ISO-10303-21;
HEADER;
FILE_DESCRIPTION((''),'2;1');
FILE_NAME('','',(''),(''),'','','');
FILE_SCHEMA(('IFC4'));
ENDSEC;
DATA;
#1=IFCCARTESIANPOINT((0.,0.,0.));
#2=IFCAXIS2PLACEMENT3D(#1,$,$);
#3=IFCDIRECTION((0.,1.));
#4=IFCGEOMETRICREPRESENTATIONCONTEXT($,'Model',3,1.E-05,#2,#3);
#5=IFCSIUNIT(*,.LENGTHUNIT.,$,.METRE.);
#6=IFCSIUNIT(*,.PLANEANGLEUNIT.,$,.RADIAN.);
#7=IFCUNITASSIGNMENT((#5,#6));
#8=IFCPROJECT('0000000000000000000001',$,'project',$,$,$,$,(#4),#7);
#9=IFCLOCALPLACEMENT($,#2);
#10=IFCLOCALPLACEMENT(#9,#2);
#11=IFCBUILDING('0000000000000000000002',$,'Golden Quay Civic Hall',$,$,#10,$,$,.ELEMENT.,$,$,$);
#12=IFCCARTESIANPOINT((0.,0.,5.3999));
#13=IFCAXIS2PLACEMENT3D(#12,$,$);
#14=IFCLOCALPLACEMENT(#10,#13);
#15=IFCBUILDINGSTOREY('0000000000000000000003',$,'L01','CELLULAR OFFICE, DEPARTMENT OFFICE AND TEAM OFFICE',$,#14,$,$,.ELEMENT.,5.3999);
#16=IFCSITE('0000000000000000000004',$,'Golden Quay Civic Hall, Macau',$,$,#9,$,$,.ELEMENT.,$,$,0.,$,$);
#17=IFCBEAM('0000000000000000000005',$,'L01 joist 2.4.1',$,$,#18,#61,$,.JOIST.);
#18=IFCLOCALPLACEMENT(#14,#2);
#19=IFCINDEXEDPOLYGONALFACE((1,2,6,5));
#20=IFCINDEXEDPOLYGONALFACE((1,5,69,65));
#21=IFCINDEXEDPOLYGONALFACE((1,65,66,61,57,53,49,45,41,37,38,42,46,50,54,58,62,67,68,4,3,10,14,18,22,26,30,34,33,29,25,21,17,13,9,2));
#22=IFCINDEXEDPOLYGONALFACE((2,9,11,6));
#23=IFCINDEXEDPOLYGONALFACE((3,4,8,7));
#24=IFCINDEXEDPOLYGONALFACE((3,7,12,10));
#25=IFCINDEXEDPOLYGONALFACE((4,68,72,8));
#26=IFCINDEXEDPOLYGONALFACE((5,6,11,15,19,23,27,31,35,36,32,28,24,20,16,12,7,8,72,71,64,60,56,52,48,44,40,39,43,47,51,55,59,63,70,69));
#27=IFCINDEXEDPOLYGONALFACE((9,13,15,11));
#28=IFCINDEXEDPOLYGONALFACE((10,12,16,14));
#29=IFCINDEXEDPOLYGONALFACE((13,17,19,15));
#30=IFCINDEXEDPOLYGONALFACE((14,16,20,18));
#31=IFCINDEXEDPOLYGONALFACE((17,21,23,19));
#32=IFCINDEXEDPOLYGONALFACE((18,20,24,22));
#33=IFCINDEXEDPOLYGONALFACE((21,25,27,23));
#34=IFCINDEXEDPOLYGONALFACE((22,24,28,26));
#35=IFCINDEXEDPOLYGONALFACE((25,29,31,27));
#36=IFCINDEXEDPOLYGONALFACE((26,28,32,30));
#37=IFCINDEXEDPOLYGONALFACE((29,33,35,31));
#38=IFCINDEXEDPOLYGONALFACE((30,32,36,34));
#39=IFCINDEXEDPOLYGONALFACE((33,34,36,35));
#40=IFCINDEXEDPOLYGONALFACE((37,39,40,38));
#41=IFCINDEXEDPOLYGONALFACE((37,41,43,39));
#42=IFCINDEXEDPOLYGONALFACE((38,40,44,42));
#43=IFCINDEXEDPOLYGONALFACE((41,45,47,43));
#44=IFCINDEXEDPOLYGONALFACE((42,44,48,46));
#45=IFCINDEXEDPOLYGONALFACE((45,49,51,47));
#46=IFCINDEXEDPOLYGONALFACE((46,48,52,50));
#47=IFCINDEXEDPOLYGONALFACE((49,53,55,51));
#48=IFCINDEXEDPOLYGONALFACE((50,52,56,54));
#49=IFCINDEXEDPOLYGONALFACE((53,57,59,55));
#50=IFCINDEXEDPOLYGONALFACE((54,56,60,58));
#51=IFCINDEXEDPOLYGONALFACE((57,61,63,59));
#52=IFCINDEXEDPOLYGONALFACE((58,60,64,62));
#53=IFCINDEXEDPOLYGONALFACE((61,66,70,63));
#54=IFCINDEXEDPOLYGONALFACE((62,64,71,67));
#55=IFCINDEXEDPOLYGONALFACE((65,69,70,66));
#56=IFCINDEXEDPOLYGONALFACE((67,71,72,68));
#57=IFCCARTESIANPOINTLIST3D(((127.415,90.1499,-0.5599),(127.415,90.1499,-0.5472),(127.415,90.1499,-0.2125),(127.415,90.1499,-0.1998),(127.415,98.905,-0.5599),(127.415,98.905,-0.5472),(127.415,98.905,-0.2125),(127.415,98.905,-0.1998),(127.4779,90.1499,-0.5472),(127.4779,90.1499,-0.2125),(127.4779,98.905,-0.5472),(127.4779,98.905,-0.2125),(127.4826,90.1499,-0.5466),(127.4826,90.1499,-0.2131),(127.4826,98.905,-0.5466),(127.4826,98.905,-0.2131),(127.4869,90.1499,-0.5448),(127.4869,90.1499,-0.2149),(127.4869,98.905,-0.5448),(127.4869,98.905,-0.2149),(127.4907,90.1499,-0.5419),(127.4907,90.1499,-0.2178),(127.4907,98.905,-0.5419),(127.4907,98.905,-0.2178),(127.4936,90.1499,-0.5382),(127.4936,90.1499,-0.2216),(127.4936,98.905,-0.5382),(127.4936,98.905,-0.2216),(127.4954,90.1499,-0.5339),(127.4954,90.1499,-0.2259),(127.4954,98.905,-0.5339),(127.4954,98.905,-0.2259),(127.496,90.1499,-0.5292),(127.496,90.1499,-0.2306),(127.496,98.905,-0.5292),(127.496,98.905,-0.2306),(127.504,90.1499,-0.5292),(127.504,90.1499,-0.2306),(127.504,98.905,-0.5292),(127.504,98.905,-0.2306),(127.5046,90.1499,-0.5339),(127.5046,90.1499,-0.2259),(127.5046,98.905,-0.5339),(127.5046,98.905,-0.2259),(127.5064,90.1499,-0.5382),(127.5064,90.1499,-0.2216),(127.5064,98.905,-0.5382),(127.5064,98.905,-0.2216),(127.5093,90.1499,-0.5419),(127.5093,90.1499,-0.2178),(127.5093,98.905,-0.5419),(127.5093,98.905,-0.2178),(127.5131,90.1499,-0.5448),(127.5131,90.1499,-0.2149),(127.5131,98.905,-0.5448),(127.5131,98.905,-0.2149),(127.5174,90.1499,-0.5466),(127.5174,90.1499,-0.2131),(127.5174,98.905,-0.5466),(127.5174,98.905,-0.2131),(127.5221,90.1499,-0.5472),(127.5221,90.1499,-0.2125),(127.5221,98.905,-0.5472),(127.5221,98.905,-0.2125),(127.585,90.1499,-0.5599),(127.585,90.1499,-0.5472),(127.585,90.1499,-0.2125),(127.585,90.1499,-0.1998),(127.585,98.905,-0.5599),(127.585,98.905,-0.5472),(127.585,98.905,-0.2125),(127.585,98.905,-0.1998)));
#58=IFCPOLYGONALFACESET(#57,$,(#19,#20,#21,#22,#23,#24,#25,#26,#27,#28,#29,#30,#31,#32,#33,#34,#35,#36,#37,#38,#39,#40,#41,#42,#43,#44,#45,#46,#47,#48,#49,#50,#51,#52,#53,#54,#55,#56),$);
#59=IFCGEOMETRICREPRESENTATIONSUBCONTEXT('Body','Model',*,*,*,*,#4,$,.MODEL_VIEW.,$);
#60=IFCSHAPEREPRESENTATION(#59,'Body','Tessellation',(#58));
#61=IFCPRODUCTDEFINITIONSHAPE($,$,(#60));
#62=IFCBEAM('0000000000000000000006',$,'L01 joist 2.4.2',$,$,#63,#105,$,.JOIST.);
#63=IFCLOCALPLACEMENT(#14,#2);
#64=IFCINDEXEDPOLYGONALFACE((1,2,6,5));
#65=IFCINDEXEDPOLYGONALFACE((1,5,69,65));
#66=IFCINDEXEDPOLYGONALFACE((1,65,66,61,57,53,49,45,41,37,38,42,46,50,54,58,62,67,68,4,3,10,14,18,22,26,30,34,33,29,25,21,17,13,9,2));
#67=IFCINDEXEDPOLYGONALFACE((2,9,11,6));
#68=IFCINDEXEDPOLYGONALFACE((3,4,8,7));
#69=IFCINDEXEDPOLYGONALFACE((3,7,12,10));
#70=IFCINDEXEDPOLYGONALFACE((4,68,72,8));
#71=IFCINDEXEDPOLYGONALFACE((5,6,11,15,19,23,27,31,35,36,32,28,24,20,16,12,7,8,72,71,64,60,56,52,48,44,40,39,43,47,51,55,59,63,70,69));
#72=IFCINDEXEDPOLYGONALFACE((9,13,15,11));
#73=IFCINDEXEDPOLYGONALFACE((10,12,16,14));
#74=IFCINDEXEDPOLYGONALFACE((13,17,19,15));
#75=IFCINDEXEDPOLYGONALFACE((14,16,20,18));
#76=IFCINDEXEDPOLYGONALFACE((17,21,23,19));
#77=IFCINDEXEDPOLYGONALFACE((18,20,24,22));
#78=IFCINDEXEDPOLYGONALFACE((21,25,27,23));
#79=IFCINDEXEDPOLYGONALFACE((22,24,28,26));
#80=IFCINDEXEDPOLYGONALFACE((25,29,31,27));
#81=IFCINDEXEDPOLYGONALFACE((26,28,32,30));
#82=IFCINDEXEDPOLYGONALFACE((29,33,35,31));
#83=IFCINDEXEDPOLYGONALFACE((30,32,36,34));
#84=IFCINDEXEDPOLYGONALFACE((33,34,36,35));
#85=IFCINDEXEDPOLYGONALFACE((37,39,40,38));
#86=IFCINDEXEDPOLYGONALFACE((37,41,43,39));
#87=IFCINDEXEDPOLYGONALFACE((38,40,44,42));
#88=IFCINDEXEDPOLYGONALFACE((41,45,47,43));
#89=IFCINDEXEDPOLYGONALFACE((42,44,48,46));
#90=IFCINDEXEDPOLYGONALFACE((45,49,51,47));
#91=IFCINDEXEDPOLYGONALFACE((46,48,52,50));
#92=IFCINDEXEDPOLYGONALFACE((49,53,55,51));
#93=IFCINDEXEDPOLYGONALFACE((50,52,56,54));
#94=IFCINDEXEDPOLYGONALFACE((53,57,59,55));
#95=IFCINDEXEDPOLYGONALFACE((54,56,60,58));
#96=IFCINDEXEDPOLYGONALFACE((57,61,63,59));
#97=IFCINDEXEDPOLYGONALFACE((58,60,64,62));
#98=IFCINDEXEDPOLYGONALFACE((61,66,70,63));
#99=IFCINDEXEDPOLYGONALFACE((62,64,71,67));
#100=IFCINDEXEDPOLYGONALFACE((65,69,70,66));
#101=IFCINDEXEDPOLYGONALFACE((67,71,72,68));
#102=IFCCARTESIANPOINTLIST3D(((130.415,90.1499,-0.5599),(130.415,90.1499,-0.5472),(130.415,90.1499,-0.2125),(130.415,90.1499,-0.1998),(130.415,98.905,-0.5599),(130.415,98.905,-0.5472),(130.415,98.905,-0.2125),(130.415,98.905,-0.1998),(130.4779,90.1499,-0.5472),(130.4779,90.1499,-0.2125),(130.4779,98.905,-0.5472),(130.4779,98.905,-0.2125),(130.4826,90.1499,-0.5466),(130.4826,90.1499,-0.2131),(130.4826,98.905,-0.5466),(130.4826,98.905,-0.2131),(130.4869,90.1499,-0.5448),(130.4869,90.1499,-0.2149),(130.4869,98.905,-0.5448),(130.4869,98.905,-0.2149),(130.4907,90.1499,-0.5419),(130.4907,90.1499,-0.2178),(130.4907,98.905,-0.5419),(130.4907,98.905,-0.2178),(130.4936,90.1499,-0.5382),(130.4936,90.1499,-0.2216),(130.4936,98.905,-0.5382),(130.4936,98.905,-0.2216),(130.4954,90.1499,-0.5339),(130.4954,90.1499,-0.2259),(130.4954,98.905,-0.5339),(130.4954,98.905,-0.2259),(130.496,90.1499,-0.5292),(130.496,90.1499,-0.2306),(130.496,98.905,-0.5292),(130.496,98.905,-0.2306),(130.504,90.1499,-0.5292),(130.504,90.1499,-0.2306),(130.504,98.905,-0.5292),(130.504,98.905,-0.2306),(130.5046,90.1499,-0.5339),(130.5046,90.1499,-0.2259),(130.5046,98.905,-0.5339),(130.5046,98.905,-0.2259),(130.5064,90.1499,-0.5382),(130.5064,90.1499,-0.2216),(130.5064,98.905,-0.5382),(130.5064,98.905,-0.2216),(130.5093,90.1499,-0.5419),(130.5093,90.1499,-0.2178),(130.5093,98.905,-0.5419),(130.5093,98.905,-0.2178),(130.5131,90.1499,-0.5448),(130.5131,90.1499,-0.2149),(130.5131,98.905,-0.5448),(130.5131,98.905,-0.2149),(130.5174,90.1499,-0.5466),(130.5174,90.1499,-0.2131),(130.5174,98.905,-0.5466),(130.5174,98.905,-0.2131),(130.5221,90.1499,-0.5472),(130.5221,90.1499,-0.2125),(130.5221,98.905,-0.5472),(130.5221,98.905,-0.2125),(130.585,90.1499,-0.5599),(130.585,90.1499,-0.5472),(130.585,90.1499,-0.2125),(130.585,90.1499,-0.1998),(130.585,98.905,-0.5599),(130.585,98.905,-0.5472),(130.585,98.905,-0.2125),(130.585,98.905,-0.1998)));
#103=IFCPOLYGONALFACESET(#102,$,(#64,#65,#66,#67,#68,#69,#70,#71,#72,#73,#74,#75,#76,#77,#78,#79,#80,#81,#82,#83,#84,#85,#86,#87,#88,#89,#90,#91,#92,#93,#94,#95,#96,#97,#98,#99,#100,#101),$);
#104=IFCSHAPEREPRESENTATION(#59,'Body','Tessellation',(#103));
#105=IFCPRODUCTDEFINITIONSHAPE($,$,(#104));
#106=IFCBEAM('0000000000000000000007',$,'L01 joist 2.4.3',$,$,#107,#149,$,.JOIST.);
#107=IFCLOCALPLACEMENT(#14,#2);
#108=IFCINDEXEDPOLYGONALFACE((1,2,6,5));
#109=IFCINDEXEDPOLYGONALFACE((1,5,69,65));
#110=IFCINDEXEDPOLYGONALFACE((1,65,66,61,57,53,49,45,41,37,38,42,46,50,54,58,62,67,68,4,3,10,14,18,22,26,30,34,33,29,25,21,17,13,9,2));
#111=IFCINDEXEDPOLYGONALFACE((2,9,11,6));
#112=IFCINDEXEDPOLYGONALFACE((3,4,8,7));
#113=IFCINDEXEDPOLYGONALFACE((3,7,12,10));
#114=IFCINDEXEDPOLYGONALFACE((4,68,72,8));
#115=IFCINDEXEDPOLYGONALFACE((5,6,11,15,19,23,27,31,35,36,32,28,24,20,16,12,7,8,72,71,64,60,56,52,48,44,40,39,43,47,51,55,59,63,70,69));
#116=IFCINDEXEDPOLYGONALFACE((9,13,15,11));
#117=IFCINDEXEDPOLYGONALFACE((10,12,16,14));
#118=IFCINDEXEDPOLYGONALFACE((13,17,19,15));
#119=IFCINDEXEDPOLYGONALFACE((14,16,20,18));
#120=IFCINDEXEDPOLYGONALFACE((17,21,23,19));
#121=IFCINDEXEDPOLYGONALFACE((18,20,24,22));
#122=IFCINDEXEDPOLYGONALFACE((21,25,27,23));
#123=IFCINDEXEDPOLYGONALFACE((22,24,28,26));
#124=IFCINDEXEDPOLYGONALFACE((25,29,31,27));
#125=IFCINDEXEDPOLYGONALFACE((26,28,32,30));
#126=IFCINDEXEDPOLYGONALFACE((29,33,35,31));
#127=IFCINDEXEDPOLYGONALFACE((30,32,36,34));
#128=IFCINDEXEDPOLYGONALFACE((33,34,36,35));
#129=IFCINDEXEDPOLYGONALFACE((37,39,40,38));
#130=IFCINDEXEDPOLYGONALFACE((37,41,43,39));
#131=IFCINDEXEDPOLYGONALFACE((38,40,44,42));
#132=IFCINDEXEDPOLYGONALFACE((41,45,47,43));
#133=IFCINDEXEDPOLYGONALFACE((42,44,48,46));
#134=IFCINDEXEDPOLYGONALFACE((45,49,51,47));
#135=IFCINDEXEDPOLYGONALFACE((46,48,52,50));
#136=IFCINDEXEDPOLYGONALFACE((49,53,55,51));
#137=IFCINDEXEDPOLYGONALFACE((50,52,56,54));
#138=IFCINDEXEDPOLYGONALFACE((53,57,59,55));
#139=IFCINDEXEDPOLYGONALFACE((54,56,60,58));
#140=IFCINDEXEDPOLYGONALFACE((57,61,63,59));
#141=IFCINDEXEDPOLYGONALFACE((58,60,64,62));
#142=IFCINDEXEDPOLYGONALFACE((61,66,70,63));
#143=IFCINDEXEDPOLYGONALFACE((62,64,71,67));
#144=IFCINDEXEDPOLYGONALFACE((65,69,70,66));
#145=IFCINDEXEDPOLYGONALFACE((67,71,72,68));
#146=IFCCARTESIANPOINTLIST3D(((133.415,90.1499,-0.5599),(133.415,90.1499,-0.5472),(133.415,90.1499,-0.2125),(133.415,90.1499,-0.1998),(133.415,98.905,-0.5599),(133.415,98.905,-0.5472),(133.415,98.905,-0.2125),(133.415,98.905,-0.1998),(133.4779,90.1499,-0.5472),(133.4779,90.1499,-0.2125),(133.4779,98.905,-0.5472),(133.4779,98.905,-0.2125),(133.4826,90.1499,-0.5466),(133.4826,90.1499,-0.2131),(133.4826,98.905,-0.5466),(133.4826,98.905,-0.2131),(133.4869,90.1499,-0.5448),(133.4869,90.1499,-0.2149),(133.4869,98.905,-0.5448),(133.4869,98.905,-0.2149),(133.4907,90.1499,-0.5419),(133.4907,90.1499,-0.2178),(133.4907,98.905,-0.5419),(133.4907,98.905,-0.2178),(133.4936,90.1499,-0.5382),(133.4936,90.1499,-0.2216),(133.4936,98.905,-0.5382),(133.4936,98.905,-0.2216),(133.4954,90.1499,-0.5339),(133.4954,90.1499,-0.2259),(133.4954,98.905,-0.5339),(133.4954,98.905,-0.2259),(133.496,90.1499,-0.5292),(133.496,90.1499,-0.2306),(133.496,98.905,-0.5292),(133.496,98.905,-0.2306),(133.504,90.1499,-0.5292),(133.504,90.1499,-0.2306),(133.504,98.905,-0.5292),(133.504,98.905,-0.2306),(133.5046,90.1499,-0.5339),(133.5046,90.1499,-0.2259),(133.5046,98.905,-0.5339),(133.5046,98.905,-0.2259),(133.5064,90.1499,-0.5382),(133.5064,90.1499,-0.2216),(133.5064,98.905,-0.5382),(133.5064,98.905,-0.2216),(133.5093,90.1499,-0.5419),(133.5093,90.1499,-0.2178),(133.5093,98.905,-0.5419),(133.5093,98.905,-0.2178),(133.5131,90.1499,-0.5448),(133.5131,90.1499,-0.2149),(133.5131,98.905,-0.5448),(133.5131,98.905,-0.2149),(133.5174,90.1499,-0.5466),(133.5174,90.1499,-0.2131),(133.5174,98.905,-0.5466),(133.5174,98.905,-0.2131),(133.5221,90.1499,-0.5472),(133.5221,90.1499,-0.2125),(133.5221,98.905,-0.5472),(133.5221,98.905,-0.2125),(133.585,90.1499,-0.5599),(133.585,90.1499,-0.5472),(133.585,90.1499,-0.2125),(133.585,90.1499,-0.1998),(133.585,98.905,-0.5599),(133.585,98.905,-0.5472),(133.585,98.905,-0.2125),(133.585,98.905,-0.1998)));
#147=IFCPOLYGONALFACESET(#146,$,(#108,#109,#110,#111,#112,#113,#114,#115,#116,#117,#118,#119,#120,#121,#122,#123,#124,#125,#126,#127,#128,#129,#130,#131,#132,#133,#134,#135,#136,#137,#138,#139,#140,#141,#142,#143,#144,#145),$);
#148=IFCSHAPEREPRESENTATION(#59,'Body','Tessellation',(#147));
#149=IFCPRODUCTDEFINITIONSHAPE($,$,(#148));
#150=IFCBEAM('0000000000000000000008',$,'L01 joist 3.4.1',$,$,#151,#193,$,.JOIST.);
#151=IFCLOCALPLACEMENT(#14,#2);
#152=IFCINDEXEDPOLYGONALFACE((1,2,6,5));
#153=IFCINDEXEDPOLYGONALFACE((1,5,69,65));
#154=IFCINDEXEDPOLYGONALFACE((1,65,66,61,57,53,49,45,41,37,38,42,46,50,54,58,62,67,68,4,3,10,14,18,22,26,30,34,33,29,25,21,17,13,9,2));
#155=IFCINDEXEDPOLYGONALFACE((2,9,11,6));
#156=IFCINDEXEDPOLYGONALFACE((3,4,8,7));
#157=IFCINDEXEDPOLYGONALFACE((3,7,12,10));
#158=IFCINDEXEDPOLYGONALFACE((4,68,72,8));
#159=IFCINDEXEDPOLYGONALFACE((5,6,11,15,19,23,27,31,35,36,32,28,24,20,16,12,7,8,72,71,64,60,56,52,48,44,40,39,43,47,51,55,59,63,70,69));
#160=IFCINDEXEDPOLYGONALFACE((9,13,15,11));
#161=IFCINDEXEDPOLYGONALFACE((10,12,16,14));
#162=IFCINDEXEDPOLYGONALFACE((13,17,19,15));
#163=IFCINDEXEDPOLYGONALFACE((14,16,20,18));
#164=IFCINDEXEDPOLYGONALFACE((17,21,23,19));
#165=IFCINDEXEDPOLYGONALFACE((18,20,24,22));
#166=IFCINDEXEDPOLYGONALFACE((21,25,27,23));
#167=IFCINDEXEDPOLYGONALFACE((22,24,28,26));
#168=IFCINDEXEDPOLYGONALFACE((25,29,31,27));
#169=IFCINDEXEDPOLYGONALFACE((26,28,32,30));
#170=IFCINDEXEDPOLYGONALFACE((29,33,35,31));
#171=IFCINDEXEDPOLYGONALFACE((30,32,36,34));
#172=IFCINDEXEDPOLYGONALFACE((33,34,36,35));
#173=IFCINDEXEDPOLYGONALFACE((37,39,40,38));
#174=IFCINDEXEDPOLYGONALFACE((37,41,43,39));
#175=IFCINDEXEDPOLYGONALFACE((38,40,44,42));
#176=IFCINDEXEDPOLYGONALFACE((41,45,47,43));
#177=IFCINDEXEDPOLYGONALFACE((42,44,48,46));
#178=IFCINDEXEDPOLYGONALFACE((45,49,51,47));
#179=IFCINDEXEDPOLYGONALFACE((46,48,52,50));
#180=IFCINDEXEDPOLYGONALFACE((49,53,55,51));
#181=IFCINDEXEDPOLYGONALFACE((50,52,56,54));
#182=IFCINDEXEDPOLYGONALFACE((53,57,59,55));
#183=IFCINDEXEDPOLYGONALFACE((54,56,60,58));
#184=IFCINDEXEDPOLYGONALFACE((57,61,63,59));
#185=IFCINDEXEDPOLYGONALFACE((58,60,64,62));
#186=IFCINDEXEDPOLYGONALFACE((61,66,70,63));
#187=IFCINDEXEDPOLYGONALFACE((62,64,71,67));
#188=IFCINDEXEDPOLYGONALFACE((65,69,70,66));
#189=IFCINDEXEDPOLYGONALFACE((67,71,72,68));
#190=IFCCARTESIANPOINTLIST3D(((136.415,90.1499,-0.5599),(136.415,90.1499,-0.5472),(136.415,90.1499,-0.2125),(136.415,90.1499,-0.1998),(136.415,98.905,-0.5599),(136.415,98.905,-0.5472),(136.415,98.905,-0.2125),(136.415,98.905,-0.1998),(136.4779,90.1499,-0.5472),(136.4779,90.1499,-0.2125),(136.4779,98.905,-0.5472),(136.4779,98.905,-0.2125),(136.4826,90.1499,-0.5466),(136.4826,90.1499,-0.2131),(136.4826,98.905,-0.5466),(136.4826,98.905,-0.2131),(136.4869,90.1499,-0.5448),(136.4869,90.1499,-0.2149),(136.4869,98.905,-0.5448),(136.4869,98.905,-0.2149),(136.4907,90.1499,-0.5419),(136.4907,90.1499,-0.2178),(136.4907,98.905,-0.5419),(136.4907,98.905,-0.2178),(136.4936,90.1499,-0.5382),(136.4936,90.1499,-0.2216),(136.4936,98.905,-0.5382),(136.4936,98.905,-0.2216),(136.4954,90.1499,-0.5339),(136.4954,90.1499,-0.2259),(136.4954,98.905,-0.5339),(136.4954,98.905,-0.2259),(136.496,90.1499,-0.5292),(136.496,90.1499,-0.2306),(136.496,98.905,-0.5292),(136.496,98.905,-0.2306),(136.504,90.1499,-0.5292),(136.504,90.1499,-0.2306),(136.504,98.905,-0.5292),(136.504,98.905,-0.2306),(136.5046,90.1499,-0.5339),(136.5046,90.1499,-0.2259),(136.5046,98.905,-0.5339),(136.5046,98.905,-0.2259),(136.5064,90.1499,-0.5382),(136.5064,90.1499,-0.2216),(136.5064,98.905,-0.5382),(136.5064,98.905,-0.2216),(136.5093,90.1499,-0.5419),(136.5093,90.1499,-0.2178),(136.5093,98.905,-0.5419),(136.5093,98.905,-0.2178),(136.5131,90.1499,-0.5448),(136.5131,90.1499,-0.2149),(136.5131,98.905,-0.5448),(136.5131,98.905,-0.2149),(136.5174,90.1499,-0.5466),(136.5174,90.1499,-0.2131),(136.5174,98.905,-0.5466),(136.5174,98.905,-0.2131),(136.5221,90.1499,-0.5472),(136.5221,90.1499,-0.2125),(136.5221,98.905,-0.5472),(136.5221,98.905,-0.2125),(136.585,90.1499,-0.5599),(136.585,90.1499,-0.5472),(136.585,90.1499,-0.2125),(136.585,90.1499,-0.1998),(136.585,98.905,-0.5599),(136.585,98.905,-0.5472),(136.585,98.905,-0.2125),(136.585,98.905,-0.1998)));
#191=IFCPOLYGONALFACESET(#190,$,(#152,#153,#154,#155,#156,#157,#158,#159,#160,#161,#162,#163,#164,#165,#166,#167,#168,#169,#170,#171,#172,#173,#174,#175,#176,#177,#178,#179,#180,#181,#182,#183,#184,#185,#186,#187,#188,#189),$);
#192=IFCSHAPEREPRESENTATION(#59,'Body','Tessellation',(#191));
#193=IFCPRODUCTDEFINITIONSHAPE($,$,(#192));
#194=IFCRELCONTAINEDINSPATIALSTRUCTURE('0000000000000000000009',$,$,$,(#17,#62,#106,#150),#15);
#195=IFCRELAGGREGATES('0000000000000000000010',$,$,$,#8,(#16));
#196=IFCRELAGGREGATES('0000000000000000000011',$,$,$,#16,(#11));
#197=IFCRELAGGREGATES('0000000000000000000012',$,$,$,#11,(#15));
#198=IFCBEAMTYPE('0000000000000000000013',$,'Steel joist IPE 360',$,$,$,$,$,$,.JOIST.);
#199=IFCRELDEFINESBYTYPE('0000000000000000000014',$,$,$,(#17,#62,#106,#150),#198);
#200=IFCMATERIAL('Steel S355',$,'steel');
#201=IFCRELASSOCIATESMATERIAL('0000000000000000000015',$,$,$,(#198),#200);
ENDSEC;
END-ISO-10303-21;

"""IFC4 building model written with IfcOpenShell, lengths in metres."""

from ifc_helpers import new_model, si_unit, direction, frame, origin, origin_2d, place, context, subcontext, project, spatial, i_section, extrude, material, material_profile, profile_set, type_object, element, save


model = new_model("IFC4")

# Units and contexts
model_context = context("Model", 3, precision=1e-05, world=origin(), true_north=direction((0.0, 1.0)))
body_context = subcontext(model_context, "Body", "Model", "MODEL_VIEW")
ifc_project = project(units=[si_unit("LENGTHUNIT", "METRE"), si_unit("PLANEANGLEUNIT", "RADIAN")], contexts=[model_context])

# Site, building, storey
site_placement = place(None, origin())
site = spatial("IfcSite", under=ifc_project, at=site_placement, Name="Golden Quay Civic Hall, Macau", CompositionType="ELEMENT", RefElevation=0.0)
building_placement = place(site_placement, origin())
building = spatial("IfcBuilding", under=site, at=building_placement, Name="Golden Quay Civic Hall", CompositionType="ELEMENT")
storey_placement = place(building_placement, frame((0.0, 0.0, 5.3999)))
storey = spatial("IfcBuildingStorey", under=building, at=storey_placement, Name="L01", Description="CELLULAR OFFICE, DEPARTMENT OFFICE AND TEAM OFFICE", CompositionType="ELEMENT", Elevation=5.3999)

# Beams
ifc_material_1 = material(Name="Steel S355", Category="steel")
ifc_material_profile_1 = material_profile(ifc_material_1, i_section(OverallWidth=0.1699, OverallDepth=0.3601, WebThickness=0.0081, FlangeThickness=0.0127, FilletRadius=0.0181, at=origin_2d()), Name="IPE 360")
ifc_profile_set_1 = profile_set([ifc_material_profile_1], Name="Steel S355")
beam_type_1 = type_object("IfcBeamType", Name="Steel joist IPE 360", PredefinedType="JOIST", material=ifc_profile_set_1)
for number, where, z_axis, x_axis, name in (
    (1, (127.5, 90.1499, -0.3799), (0.0, 1.0, 0.0), (-1.0, 0.0, 0.0), "L01 joist 2.4.1"),
    (2, (130.5, 90.1499, -0.3799), (0.0, 1.0, 0.0), (-1.0, 0.0, 0.0), "L01 joist 2.4.2"),
    (3, (133.5, 90.1499, -0.3799), (0.0, 1.0, 0.0), (-1.0, 0.0, 0.0), "L01 joist 2.4.3"),
    (4, (136.5, 90.1499, -0.3799), (0.0, 1.0, 0.0), (-1.0, 0.0, 0.0), "L01 joist 3.4.1"),
):
    element("IfcBeam", number, at=place(storey_placement, frame(where, z_axis=z_axis, x_axis=x_axis)), inside=storey, type_object=beam_type_1, Name=name, PredefinedType="JOIST", context=body_context, shape_type="SweptSolid", body=[
        extrude(i_section(OverallWidth=0.1699, OverallDepth=0.3601, WebThickness=0.0081, FlangeThickness=0.0127, FilletRadius=0.0181, at=origin_2d()), origin(), (0.0, 0.0, 1.0), 8.7551),
    ])

save(model, "model.ifc")
